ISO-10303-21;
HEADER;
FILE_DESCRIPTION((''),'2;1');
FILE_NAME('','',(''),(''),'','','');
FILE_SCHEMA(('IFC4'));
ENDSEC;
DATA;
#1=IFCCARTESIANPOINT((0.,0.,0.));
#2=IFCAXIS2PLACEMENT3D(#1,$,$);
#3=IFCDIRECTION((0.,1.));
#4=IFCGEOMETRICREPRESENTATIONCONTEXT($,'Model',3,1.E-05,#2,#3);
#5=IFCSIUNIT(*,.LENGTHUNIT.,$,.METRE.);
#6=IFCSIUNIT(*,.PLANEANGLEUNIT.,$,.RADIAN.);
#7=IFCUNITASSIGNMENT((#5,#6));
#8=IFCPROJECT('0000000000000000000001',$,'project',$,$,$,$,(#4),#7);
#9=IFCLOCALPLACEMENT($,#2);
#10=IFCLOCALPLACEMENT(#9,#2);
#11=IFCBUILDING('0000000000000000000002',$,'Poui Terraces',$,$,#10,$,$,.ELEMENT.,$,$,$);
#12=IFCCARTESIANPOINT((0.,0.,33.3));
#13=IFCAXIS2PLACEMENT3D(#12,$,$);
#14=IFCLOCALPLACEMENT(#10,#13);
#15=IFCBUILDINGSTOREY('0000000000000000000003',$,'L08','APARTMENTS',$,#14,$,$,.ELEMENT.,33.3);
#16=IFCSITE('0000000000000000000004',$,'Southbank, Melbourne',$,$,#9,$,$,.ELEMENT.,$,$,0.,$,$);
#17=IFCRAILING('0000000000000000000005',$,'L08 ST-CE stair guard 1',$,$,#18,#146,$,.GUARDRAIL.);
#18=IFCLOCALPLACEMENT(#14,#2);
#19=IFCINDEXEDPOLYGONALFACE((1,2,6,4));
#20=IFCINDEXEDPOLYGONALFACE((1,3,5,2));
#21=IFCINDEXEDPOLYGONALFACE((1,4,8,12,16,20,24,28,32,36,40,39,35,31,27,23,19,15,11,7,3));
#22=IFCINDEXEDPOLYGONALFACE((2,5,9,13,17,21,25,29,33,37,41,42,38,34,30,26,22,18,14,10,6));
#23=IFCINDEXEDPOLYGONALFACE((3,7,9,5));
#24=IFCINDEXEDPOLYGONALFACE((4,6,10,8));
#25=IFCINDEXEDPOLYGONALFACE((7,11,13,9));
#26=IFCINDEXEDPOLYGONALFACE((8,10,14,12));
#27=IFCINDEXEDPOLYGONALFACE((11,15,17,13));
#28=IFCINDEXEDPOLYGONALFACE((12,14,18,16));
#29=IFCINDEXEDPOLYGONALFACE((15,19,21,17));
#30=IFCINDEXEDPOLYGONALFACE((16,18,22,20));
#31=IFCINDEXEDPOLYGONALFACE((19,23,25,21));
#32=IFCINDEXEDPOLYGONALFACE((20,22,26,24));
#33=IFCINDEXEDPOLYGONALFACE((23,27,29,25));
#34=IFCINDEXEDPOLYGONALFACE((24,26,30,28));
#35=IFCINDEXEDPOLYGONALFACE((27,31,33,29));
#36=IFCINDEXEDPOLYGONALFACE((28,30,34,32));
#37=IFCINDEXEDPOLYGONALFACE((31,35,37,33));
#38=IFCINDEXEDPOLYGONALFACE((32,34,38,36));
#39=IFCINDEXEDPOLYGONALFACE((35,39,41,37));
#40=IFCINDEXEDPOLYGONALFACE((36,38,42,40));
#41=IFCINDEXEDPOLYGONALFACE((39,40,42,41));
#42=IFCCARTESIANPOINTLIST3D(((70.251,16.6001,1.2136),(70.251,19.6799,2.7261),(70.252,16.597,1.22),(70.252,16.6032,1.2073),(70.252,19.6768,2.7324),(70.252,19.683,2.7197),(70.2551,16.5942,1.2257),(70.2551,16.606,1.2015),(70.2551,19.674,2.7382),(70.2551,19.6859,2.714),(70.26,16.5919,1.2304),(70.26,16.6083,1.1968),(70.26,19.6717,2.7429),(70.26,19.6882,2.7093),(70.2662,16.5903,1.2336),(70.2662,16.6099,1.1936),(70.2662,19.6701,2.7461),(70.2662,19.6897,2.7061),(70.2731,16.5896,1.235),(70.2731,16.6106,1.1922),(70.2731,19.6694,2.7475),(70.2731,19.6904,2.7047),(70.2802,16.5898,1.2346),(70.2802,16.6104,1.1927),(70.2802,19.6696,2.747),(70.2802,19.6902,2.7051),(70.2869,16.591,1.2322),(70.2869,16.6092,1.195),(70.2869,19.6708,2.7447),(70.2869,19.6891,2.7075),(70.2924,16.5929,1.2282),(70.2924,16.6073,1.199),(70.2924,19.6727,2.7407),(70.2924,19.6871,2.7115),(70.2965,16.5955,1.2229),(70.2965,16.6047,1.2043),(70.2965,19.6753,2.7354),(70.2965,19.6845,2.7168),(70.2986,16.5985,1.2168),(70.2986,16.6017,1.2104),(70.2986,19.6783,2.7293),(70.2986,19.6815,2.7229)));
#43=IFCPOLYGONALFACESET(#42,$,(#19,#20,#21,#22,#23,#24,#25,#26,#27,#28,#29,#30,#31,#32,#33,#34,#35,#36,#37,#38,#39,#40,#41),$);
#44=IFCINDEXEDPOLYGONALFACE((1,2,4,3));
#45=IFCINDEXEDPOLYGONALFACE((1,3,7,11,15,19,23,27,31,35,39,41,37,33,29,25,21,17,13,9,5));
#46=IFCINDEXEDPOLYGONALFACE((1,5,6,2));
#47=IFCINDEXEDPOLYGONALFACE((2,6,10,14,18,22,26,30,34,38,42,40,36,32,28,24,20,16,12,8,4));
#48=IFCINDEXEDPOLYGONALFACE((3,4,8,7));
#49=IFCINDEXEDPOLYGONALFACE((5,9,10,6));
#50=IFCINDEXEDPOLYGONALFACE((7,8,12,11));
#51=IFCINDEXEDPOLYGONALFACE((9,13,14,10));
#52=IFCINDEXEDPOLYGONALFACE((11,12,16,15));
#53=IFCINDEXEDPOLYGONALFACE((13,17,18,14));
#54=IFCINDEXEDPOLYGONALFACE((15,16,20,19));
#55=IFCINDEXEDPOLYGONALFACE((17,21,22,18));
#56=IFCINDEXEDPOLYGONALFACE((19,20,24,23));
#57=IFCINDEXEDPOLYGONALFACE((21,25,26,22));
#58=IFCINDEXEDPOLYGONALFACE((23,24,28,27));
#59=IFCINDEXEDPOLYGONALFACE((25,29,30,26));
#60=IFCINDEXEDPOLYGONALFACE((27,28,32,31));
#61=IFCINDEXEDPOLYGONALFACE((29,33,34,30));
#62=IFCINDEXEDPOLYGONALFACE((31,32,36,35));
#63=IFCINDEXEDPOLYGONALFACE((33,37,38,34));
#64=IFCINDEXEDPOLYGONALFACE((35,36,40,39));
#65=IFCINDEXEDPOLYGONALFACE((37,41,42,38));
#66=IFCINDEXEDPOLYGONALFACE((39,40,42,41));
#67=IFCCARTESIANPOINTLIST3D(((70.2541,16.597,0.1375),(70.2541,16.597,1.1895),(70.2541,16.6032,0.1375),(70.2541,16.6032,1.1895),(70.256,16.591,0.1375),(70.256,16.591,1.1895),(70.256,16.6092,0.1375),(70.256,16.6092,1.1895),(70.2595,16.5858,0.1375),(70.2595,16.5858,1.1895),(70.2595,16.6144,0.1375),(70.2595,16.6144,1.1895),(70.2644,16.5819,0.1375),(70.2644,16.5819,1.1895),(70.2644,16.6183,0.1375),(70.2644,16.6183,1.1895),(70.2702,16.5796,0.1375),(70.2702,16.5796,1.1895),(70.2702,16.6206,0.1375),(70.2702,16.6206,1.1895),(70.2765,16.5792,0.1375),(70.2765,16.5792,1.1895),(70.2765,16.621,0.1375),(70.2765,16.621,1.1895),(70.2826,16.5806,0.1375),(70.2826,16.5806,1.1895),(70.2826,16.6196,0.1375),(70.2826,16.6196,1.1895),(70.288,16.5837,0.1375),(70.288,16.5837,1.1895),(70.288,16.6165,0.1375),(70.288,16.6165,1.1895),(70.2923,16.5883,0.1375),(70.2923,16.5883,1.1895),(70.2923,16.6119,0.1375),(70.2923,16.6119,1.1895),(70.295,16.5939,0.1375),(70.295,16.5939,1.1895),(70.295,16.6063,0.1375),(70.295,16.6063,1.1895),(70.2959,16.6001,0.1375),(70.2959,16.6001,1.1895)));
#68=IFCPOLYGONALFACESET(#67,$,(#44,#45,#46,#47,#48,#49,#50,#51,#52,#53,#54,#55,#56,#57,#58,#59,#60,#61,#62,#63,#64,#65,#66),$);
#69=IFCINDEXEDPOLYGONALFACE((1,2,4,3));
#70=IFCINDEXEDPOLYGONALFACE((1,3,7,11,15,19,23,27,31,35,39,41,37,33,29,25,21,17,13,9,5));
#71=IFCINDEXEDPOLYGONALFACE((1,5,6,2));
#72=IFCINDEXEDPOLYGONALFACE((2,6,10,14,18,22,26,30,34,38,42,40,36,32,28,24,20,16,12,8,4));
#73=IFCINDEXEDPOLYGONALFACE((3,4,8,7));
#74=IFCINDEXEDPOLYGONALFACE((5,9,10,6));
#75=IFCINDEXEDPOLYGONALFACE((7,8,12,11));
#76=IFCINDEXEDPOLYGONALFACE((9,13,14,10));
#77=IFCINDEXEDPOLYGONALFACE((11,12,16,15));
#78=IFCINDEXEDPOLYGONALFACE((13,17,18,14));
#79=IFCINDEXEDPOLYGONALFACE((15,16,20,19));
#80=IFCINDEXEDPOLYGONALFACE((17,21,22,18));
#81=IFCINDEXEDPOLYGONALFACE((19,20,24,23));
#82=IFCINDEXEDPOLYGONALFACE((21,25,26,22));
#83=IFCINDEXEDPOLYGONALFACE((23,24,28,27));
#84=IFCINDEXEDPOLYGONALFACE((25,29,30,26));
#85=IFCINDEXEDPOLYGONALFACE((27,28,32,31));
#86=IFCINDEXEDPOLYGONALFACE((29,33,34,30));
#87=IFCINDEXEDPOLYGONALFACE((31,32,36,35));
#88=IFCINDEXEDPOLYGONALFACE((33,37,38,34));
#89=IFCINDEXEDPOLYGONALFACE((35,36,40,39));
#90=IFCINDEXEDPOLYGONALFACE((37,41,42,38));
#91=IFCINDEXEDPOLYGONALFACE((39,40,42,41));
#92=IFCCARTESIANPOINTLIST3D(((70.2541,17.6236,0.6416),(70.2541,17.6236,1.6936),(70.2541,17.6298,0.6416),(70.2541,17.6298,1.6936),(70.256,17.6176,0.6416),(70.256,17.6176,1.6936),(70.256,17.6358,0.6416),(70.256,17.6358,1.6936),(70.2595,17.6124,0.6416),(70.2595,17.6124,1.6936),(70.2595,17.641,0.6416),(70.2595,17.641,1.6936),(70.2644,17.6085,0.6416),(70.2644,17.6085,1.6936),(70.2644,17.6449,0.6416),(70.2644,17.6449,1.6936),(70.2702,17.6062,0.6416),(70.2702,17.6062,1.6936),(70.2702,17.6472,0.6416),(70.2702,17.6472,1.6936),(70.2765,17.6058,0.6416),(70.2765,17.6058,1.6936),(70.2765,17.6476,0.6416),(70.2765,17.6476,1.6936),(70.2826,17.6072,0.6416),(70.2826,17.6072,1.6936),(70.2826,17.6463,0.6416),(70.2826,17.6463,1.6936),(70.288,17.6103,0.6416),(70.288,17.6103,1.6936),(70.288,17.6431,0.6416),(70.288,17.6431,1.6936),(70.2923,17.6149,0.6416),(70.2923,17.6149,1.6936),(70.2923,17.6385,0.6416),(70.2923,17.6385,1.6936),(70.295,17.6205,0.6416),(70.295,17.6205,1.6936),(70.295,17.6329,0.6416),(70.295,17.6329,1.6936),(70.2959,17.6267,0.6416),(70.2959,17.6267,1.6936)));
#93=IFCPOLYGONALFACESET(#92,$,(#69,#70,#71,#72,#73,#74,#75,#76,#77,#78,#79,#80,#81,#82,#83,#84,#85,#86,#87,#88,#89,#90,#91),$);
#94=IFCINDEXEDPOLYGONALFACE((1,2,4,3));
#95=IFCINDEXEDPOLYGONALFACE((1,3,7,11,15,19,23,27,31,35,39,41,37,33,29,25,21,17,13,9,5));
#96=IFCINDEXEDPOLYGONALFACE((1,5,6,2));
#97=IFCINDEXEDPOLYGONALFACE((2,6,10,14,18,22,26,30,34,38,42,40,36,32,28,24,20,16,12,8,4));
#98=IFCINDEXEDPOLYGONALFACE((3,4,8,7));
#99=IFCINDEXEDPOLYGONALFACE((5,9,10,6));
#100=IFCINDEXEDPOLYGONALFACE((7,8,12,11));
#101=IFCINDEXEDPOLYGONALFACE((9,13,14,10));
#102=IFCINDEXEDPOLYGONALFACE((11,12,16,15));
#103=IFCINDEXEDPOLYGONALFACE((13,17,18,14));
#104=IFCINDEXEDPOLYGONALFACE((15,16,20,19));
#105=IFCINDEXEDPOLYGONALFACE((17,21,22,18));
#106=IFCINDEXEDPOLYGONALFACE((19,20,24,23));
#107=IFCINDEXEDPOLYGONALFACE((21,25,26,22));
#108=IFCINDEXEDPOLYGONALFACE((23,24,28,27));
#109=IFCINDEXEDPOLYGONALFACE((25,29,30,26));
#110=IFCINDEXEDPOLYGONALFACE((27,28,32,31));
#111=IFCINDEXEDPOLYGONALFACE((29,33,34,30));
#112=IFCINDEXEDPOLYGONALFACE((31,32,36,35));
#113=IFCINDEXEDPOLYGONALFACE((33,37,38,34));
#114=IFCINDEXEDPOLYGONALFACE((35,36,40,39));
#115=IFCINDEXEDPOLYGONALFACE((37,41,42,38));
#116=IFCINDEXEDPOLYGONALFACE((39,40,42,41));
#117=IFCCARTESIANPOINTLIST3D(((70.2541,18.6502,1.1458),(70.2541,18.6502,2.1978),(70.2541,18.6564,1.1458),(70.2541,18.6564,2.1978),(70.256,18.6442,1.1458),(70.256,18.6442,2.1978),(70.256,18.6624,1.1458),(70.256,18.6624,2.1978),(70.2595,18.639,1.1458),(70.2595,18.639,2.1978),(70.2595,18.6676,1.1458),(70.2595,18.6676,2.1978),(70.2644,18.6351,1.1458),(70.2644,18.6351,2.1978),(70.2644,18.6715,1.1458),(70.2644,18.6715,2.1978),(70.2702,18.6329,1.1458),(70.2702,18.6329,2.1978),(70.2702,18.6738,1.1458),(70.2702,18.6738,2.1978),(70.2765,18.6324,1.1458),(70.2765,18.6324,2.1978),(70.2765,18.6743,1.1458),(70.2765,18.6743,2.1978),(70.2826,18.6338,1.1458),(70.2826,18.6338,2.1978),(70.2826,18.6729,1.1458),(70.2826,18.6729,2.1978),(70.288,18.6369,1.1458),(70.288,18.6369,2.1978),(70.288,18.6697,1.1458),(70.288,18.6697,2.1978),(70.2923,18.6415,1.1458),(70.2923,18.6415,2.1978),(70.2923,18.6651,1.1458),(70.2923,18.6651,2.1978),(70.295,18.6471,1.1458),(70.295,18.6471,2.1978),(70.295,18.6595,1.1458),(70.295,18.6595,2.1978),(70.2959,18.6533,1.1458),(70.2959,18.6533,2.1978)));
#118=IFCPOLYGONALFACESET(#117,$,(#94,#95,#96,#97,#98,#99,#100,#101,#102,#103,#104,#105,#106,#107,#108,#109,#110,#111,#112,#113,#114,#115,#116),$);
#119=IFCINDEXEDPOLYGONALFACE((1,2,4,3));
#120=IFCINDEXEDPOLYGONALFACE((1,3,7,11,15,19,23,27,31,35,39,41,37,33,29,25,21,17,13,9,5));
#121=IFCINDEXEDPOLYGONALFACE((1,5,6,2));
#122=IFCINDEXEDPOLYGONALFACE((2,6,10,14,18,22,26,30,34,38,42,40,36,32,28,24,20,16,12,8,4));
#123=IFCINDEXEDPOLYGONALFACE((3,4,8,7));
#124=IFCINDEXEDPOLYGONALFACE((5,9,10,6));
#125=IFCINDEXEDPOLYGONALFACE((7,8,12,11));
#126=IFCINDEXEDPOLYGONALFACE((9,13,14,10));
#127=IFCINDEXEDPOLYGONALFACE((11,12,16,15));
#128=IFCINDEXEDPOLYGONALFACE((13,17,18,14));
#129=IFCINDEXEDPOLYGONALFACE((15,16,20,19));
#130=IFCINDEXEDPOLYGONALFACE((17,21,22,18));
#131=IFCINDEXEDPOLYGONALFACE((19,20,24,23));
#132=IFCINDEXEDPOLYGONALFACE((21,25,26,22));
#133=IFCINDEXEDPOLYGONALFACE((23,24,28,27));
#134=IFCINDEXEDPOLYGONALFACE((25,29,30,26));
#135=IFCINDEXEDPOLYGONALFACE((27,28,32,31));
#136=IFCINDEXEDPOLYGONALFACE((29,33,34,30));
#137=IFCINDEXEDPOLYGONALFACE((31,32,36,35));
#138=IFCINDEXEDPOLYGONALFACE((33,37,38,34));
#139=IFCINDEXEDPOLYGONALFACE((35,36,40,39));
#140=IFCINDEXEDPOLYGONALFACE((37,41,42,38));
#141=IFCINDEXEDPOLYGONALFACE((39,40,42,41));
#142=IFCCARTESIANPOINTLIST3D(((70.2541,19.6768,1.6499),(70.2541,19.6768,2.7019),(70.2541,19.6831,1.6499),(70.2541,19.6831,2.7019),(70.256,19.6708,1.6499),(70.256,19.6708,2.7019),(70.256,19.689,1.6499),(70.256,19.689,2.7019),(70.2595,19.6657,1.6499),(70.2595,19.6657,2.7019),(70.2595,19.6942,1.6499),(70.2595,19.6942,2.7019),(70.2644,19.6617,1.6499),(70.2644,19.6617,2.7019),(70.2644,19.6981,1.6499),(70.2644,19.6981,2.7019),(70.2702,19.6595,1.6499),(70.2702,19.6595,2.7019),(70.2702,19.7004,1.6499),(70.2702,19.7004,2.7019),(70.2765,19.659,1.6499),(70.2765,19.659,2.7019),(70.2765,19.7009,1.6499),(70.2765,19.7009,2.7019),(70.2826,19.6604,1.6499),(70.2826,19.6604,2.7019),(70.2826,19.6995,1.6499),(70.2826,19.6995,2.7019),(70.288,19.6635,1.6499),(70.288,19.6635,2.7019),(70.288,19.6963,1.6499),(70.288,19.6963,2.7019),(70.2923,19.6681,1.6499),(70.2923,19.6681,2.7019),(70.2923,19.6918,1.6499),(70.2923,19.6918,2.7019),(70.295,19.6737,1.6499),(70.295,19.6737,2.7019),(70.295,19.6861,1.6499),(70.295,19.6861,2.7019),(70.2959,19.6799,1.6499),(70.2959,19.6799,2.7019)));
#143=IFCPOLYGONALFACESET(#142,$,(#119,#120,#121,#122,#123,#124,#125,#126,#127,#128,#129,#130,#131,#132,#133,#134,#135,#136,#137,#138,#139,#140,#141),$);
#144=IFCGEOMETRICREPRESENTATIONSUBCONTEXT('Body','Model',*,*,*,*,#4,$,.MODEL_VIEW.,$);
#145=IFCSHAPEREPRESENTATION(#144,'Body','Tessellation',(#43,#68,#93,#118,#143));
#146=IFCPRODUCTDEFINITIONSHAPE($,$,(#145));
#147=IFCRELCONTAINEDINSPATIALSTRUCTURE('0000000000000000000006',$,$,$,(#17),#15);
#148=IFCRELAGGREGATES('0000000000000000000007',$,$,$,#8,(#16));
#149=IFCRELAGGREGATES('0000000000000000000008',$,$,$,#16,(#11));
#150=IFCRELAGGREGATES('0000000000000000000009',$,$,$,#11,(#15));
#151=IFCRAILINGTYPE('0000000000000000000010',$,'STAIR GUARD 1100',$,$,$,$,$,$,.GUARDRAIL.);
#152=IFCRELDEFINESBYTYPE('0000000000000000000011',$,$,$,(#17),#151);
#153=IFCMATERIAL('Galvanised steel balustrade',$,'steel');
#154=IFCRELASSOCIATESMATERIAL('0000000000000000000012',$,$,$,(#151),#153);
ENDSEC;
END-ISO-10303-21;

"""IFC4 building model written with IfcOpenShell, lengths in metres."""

from ifc_helpers import new_model, si_unit, direction, frame, origin, origin_2d, place, context, subcontext, project, spatial, circle, extrude, material, type_object, element, save


model = new_model("IFC4")

# Units and contexts
model_context = context("Model", 3, precision=1e-05, world=origin(), true_north=direction((0.0, 1.0)))
body_context = subcontext(model_context, "Body", "Model", "MODEL_VIEW")
ifc_project = project(units=[si_unit("LENGTHUNIT", "METRE"), si_unit("PLANEANGLEUNIT", "RADIAN")], contexts=[model_context])

# Site, building, storey
site_placement = place(None, origin())
site = spatial("IfcSite", under=ifc_project, at=site_placement, Name="Southbank, Melbourne", CompositionType="ELEMENT", RefElevation=0.0)
building_placement = place(site_placement, origin())
building = spatial("IfcBuilding", under=site, at=building_placement, Name="Poui Terraces", CompositionType="ELEMENT")
storey_placement = place(building_placement, frame((0.0, 0.0, 33.3)))
storey = spatial("IfcBuildingStorey", under=building, at=storey_placement, Name="L08", Description="APARTMENTS", CompositionType="ELEMENT", Elevation=33.3)

# Railing
ifc_material_1 = material(Name="Galvanised steel balustrade", Category="steel")
railing_type = type_object("IfcRailingType", Name="STAIR GUARD 1100", PredefinedType="GUARDRAIL", material=ifc_material_1)
railing_1_placement = place(storey_placement, frame((70.2749, 16.6001, 0.1375)))
element("IfcRailing", 1, at=railing_1_placement, inside=storey, type_object=railing_type, Name="L08 ST-CE stair guard 1", PredefinedType="GUARDRAIL", context=body_context, shape_type="SweptSolid", body=[
    extrude(circle(Radius=0.0239, at=origin_2d()), frame((0.0, 0.0, 1.0762), z_axis=(0.0, 0.897606, 0.440798), x_axis=(-1.0, 0.0, 0.0)), (0.0, 0.0, 1.0), 3.4312),
    extrude(circle(Radius=0.021, at=origin_2d()), origin(), (0.0, 0.0, 1.0), 1.052),
    extrude(circle(Radius=0.021, at=origin_2d()), frame((0.0, 1.0266, 0.5042)), (0.0, 0.0, 1.0), 1.052),
    extrude(circle(Radius=0.021, at=origin_2d()), frame((0.0, 2.0532, 1.0083)), (0.0, 0.0, 1.0), 1.052),
    extrude(circle(Radius=0.021, at=origin_2d()), frame((0.0, 3.0798, 1.5125)), (0.0, 0.0, 1.0), 1.052),
])

save(model, "model.ifc")
